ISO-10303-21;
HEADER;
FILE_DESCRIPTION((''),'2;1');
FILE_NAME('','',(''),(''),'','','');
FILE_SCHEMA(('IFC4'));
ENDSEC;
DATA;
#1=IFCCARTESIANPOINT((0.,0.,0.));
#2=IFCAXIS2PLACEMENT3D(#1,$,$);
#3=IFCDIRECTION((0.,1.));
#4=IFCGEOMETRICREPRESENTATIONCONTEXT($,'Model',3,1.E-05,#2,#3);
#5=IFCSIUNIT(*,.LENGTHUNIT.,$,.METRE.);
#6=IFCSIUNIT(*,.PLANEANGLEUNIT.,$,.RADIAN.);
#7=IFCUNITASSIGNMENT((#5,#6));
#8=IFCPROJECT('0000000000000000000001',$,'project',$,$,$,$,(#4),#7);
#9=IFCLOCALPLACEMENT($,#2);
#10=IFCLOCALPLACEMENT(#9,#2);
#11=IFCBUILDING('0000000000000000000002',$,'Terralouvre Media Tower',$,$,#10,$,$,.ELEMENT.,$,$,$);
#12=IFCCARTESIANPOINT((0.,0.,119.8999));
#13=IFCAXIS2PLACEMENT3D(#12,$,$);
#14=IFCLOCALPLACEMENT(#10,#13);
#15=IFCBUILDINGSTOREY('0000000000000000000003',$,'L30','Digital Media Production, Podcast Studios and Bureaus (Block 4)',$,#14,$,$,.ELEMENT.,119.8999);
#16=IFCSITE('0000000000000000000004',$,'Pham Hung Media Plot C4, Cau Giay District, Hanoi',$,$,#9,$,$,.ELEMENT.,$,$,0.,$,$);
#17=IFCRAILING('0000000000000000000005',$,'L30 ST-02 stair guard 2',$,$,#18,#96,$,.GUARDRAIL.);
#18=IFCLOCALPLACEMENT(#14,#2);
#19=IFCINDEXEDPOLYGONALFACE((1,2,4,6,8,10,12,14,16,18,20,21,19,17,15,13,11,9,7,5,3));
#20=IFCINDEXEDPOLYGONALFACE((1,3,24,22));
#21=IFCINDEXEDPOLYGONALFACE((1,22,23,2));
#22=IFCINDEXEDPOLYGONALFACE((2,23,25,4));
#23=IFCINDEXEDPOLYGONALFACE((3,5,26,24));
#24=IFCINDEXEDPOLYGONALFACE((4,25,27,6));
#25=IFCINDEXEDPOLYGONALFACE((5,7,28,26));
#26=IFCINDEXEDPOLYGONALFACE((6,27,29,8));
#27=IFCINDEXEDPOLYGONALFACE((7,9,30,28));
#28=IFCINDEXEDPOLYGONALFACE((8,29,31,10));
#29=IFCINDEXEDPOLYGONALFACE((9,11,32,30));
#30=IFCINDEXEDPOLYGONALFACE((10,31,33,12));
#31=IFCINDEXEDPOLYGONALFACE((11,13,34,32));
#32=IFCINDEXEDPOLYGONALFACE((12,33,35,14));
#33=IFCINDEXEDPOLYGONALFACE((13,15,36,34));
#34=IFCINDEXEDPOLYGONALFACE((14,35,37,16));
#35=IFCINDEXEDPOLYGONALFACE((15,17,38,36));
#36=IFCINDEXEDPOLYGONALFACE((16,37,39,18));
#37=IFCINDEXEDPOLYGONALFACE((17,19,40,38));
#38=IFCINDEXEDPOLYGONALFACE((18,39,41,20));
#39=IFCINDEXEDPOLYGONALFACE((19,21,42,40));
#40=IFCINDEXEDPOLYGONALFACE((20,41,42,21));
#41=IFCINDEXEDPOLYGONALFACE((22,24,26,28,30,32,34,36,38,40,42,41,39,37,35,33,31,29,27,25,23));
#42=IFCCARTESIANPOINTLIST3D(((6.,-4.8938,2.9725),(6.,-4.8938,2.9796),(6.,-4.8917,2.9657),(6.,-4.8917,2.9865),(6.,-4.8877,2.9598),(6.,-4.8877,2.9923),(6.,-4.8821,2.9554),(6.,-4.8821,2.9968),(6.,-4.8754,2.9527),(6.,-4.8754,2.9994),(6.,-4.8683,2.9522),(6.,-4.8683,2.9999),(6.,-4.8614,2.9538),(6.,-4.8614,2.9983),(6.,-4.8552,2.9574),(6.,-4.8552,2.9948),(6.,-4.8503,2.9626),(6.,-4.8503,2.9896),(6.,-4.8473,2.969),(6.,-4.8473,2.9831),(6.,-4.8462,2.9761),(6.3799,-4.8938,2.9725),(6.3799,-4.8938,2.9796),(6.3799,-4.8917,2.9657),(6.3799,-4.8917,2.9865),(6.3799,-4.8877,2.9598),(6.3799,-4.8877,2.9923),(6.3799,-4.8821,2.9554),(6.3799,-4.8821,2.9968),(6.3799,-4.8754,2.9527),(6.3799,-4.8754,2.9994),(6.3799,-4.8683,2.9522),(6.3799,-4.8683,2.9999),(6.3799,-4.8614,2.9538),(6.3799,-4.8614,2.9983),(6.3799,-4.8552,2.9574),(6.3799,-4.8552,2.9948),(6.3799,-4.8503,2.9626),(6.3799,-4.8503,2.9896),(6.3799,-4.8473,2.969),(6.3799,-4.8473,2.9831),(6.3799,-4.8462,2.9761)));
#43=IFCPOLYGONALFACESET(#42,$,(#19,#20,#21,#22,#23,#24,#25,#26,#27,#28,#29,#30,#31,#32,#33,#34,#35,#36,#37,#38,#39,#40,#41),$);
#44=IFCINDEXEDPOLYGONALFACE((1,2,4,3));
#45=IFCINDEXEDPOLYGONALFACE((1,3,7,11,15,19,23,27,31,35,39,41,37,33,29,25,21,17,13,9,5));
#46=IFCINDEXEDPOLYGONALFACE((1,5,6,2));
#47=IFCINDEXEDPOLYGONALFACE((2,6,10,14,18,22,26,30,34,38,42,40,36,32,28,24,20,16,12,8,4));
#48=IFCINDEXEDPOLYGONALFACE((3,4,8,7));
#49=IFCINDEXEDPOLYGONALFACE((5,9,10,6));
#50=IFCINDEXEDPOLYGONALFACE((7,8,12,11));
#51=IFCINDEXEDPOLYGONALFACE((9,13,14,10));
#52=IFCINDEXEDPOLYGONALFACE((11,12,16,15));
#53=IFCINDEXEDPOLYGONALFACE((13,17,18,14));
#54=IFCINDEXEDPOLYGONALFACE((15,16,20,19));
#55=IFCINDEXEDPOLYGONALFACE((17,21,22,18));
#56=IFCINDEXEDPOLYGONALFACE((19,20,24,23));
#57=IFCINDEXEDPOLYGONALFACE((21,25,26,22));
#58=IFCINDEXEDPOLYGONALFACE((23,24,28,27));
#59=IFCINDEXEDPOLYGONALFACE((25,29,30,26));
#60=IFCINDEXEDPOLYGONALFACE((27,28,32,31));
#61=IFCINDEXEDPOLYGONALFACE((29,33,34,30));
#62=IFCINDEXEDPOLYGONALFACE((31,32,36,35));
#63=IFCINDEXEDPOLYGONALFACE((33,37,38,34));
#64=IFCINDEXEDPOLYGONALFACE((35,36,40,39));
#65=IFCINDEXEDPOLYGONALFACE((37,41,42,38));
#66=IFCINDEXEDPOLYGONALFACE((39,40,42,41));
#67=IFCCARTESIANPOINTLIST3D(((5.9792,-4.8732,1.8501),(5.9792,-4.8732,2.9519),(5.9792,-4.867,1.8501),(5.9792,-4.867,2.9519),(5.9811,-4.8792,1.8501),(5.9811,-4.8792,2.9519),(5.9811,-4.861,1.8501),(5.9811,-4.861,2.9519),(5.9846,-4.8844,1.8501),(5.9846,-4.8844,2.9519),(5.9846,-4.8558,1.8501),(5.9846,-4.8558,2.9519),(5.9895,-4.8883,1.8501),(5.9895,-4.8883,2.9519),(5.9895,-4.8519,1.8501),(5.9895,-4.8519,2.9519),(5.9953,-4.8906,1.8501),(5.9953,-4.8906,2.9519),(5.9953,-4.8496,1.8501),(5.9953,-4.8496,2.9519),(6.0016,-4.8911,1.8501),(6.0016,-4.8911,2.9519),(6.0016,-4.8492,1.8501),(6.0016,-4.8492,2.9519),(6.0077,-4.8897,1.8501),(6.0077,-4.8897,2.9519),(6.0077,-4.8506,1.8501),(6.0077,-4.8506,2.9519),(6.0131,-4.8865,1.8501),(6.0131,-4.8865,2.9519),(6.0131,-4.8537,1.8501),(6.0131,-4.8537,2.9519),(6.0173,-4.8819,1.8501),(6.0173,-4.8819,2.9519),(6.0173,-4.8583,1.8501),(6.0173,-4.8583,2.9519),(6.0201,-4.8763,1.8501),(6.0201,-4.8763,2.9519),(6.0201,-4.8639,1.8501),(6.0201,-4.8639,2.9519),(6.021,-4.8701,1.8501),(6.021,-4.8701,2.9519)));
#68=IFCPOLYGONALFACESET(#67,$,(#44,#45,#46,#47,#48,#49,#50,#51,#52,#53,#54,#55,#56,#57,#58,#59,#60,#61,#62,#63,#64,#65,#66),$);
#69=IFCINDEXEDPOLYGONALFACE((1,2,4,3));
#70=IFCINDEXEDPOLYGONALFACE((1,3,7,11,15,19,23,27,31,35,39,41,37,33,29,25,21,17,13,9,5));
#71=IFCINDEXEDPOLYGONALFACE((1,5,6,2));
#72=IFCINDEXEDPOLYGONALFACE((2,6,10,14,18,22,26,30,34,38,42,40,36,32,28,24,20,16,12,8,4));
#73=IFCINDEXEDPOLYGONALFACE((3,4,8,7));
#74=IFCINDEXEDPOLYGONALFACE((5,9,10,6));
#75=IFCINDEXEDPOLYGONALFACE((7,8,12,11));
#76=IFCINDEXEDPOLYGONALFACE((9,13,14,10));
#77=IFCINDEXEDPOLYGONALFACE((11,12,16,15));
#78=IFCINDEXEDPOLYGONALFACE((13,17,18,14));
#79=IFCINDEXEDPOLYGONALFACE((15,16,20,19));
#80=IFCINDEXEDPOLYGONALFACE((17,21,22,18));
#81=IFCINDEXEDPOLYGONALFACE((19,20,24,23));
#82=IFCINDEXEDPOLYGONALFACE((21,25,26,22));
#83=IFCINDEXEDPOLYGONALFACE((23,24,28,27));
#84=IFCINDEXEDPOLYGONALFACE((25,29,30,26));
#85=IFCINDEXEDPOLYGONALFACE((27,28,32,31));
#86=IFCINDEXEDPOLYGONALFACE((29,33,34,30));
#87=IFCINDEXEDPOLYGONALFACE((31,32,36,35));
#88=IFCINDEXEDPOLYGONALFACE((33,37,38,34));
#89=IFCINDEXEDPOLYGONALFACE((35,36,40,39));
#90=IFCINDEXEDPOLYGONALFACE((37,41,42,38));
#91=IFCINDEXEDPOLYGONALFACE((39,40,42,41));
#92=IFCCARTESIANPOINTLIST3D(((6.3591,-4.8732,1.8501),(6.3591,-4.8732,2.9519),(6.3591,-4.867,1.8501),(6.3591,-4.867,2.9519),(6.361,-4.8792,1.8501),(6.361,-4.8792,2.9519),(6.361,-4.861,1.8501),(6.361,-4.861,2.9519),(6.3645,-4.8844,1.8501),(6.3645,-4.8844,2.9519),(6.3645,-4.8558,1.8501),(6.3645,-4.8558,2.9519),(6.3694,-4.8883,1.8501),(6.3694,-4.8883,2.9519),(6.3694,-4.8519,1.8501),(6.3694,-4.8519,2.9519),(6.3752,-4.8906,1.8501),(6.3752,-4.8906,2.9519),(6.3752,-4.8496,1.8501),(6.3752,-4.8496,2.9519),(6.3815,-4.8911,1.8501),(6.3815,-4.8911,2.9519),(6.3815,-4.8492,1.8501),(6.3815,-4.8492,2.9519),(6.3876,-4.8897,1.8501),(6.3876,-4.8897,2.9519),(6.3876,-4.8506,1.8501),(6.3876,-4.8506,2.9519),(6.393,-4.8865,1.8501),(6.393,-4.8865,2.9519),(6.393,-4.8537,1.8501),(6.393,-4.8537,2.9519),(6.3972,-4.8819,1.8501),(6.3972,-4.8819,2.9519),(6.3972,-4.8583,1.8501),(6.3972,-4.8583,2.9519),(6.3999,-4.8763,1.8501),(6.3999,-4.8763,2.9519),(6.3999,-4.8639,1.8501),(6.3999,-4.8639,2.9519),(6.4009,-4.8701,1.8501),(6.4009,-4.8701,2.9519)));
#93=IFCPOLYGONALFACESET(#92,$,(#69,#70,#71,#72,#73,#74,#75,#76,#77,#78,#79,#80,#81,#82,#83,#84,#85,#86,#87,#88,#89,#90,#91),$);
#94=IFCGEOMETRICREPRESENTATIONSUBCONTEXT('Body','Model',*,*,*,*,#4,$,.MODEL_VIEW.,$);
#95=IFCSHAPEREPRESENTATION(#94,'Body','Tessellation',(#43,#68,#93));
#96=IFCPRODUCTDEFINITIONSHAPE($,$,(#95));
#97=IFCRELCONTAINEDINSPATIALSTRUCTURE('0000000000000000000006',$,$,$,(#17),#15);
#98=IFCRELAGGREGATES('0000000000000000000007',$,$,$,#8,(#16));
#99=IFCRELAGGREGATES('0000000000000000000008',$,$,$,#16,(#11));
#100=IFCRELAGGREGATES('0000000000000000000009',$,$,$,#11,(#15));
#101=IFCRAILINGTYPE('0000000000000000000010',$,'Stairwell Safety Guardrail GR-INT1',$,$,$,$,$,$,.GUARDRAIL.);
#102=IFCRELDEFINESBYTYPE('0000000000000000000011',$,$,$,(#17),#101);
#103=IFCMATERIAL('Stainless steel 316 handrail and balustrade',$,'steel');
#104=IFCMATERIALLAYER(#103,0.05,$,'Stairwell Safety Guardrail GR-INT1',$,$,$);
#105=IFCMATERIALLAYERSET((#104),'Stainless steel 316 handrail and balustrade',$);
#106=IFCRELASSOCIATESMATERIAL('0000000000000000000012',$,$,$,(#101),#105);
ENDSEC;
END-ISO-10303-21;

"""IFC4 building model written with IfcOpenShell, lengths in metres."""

from ifc_helpers import new_model, si_unit, direction, frame, origin, origin_2d, place, context, subcontext, project, spatial, circle, extrude, material, layer, layer_set, type_object, element, save


model = new_model("IFC4")

# Units and contexts
model_context = context("Model", 3, precision=1e-05, world=origin(), true_north=direction((0.0, 1.0)))
body_context = subcontext(model_context, "Body", "Model", "MODEL_VIEW")
ifc_project = project(units=[si_unit("LENGTHUNIT", "METRE"), si_unit("PLANEANGLEUNIT", "RADIAN")], contexts=[model_context])

# Site, building, storey
site_placement = place(None, origin())
site = spatial("IfcSite", under=ifc_project, at=site_placement, Name="Pham Hung Media Plot C4, Cau Giay District, Hanoi", CompositionType="ELEMENT", RefElevation=0.0)
building_placement = place(site_placement, origin())
building = spatial("IfcBuilding", under=site, at=building_placement, Name="Terralouvre Media Tower", CompositionType="ELEMENT")
storey_placement = place(building_placement, frame((0.0, 0.0, 119.8999)))
storey = spatial("IfcBuildingStorey", under=building, at=storey_placement, Name="L30", Description="Digital Media Production, Podcast Studios and Bureaus (Block 4)", CompositionType="ELEMENT", Elevation=119.8999)

# Railing
ifc_material_1 = material(Name="Stainless steel 316 handrail and balustrade", Category="steel")
ifc_layer_1 = layer(ifc_material_1, 0.05, Name="Stairwell Safety Guardrail GR-INT1")
ifc_layer_set_1 = layer_set([ifc_layer_1], Name="Stainless steel 316 handrail and balustrade")
railing_type_1 = type_object("IfcRailingType", Name="Stairwell Safety Guardrail GR-INT1", PredefinedType="GUARDRAIL", material=ifc_layer_set_1)
railing_1_placement = place(storey_placement, frame((6.0, -4.8701, 1.8501)))
element("IfcRailing", 1, at=railing_1_placement, inside=storey, type_object=railing_type_1, Name="L30 ST-02 stair guard 2", PredefinedType="GUARDRAIL", context=body_context, shape_type="SweptSolid", body=[
    extrude(circle(Radius=0.0239, at=origin_2d()), frame((0.0, 0.0, 1.126), z_axis=(1.0, 0.0, 0.0), x_axis=(0.0, 1.0, 0.0)), (0.0, 0.0, 1.0), 0.3799),
    extrude(circle(Radius=0.021, at=origin_2d()), origin(), (0.0, 0.0, 1.0), 1.1018),
    extrude(circle(Radius=0.021, at=origin_2d()), frame((0.3799, 0.0, 0.0)), (0.0, 0.0, 1.0), 1.1018),
])

save(model, "model.ifc")
